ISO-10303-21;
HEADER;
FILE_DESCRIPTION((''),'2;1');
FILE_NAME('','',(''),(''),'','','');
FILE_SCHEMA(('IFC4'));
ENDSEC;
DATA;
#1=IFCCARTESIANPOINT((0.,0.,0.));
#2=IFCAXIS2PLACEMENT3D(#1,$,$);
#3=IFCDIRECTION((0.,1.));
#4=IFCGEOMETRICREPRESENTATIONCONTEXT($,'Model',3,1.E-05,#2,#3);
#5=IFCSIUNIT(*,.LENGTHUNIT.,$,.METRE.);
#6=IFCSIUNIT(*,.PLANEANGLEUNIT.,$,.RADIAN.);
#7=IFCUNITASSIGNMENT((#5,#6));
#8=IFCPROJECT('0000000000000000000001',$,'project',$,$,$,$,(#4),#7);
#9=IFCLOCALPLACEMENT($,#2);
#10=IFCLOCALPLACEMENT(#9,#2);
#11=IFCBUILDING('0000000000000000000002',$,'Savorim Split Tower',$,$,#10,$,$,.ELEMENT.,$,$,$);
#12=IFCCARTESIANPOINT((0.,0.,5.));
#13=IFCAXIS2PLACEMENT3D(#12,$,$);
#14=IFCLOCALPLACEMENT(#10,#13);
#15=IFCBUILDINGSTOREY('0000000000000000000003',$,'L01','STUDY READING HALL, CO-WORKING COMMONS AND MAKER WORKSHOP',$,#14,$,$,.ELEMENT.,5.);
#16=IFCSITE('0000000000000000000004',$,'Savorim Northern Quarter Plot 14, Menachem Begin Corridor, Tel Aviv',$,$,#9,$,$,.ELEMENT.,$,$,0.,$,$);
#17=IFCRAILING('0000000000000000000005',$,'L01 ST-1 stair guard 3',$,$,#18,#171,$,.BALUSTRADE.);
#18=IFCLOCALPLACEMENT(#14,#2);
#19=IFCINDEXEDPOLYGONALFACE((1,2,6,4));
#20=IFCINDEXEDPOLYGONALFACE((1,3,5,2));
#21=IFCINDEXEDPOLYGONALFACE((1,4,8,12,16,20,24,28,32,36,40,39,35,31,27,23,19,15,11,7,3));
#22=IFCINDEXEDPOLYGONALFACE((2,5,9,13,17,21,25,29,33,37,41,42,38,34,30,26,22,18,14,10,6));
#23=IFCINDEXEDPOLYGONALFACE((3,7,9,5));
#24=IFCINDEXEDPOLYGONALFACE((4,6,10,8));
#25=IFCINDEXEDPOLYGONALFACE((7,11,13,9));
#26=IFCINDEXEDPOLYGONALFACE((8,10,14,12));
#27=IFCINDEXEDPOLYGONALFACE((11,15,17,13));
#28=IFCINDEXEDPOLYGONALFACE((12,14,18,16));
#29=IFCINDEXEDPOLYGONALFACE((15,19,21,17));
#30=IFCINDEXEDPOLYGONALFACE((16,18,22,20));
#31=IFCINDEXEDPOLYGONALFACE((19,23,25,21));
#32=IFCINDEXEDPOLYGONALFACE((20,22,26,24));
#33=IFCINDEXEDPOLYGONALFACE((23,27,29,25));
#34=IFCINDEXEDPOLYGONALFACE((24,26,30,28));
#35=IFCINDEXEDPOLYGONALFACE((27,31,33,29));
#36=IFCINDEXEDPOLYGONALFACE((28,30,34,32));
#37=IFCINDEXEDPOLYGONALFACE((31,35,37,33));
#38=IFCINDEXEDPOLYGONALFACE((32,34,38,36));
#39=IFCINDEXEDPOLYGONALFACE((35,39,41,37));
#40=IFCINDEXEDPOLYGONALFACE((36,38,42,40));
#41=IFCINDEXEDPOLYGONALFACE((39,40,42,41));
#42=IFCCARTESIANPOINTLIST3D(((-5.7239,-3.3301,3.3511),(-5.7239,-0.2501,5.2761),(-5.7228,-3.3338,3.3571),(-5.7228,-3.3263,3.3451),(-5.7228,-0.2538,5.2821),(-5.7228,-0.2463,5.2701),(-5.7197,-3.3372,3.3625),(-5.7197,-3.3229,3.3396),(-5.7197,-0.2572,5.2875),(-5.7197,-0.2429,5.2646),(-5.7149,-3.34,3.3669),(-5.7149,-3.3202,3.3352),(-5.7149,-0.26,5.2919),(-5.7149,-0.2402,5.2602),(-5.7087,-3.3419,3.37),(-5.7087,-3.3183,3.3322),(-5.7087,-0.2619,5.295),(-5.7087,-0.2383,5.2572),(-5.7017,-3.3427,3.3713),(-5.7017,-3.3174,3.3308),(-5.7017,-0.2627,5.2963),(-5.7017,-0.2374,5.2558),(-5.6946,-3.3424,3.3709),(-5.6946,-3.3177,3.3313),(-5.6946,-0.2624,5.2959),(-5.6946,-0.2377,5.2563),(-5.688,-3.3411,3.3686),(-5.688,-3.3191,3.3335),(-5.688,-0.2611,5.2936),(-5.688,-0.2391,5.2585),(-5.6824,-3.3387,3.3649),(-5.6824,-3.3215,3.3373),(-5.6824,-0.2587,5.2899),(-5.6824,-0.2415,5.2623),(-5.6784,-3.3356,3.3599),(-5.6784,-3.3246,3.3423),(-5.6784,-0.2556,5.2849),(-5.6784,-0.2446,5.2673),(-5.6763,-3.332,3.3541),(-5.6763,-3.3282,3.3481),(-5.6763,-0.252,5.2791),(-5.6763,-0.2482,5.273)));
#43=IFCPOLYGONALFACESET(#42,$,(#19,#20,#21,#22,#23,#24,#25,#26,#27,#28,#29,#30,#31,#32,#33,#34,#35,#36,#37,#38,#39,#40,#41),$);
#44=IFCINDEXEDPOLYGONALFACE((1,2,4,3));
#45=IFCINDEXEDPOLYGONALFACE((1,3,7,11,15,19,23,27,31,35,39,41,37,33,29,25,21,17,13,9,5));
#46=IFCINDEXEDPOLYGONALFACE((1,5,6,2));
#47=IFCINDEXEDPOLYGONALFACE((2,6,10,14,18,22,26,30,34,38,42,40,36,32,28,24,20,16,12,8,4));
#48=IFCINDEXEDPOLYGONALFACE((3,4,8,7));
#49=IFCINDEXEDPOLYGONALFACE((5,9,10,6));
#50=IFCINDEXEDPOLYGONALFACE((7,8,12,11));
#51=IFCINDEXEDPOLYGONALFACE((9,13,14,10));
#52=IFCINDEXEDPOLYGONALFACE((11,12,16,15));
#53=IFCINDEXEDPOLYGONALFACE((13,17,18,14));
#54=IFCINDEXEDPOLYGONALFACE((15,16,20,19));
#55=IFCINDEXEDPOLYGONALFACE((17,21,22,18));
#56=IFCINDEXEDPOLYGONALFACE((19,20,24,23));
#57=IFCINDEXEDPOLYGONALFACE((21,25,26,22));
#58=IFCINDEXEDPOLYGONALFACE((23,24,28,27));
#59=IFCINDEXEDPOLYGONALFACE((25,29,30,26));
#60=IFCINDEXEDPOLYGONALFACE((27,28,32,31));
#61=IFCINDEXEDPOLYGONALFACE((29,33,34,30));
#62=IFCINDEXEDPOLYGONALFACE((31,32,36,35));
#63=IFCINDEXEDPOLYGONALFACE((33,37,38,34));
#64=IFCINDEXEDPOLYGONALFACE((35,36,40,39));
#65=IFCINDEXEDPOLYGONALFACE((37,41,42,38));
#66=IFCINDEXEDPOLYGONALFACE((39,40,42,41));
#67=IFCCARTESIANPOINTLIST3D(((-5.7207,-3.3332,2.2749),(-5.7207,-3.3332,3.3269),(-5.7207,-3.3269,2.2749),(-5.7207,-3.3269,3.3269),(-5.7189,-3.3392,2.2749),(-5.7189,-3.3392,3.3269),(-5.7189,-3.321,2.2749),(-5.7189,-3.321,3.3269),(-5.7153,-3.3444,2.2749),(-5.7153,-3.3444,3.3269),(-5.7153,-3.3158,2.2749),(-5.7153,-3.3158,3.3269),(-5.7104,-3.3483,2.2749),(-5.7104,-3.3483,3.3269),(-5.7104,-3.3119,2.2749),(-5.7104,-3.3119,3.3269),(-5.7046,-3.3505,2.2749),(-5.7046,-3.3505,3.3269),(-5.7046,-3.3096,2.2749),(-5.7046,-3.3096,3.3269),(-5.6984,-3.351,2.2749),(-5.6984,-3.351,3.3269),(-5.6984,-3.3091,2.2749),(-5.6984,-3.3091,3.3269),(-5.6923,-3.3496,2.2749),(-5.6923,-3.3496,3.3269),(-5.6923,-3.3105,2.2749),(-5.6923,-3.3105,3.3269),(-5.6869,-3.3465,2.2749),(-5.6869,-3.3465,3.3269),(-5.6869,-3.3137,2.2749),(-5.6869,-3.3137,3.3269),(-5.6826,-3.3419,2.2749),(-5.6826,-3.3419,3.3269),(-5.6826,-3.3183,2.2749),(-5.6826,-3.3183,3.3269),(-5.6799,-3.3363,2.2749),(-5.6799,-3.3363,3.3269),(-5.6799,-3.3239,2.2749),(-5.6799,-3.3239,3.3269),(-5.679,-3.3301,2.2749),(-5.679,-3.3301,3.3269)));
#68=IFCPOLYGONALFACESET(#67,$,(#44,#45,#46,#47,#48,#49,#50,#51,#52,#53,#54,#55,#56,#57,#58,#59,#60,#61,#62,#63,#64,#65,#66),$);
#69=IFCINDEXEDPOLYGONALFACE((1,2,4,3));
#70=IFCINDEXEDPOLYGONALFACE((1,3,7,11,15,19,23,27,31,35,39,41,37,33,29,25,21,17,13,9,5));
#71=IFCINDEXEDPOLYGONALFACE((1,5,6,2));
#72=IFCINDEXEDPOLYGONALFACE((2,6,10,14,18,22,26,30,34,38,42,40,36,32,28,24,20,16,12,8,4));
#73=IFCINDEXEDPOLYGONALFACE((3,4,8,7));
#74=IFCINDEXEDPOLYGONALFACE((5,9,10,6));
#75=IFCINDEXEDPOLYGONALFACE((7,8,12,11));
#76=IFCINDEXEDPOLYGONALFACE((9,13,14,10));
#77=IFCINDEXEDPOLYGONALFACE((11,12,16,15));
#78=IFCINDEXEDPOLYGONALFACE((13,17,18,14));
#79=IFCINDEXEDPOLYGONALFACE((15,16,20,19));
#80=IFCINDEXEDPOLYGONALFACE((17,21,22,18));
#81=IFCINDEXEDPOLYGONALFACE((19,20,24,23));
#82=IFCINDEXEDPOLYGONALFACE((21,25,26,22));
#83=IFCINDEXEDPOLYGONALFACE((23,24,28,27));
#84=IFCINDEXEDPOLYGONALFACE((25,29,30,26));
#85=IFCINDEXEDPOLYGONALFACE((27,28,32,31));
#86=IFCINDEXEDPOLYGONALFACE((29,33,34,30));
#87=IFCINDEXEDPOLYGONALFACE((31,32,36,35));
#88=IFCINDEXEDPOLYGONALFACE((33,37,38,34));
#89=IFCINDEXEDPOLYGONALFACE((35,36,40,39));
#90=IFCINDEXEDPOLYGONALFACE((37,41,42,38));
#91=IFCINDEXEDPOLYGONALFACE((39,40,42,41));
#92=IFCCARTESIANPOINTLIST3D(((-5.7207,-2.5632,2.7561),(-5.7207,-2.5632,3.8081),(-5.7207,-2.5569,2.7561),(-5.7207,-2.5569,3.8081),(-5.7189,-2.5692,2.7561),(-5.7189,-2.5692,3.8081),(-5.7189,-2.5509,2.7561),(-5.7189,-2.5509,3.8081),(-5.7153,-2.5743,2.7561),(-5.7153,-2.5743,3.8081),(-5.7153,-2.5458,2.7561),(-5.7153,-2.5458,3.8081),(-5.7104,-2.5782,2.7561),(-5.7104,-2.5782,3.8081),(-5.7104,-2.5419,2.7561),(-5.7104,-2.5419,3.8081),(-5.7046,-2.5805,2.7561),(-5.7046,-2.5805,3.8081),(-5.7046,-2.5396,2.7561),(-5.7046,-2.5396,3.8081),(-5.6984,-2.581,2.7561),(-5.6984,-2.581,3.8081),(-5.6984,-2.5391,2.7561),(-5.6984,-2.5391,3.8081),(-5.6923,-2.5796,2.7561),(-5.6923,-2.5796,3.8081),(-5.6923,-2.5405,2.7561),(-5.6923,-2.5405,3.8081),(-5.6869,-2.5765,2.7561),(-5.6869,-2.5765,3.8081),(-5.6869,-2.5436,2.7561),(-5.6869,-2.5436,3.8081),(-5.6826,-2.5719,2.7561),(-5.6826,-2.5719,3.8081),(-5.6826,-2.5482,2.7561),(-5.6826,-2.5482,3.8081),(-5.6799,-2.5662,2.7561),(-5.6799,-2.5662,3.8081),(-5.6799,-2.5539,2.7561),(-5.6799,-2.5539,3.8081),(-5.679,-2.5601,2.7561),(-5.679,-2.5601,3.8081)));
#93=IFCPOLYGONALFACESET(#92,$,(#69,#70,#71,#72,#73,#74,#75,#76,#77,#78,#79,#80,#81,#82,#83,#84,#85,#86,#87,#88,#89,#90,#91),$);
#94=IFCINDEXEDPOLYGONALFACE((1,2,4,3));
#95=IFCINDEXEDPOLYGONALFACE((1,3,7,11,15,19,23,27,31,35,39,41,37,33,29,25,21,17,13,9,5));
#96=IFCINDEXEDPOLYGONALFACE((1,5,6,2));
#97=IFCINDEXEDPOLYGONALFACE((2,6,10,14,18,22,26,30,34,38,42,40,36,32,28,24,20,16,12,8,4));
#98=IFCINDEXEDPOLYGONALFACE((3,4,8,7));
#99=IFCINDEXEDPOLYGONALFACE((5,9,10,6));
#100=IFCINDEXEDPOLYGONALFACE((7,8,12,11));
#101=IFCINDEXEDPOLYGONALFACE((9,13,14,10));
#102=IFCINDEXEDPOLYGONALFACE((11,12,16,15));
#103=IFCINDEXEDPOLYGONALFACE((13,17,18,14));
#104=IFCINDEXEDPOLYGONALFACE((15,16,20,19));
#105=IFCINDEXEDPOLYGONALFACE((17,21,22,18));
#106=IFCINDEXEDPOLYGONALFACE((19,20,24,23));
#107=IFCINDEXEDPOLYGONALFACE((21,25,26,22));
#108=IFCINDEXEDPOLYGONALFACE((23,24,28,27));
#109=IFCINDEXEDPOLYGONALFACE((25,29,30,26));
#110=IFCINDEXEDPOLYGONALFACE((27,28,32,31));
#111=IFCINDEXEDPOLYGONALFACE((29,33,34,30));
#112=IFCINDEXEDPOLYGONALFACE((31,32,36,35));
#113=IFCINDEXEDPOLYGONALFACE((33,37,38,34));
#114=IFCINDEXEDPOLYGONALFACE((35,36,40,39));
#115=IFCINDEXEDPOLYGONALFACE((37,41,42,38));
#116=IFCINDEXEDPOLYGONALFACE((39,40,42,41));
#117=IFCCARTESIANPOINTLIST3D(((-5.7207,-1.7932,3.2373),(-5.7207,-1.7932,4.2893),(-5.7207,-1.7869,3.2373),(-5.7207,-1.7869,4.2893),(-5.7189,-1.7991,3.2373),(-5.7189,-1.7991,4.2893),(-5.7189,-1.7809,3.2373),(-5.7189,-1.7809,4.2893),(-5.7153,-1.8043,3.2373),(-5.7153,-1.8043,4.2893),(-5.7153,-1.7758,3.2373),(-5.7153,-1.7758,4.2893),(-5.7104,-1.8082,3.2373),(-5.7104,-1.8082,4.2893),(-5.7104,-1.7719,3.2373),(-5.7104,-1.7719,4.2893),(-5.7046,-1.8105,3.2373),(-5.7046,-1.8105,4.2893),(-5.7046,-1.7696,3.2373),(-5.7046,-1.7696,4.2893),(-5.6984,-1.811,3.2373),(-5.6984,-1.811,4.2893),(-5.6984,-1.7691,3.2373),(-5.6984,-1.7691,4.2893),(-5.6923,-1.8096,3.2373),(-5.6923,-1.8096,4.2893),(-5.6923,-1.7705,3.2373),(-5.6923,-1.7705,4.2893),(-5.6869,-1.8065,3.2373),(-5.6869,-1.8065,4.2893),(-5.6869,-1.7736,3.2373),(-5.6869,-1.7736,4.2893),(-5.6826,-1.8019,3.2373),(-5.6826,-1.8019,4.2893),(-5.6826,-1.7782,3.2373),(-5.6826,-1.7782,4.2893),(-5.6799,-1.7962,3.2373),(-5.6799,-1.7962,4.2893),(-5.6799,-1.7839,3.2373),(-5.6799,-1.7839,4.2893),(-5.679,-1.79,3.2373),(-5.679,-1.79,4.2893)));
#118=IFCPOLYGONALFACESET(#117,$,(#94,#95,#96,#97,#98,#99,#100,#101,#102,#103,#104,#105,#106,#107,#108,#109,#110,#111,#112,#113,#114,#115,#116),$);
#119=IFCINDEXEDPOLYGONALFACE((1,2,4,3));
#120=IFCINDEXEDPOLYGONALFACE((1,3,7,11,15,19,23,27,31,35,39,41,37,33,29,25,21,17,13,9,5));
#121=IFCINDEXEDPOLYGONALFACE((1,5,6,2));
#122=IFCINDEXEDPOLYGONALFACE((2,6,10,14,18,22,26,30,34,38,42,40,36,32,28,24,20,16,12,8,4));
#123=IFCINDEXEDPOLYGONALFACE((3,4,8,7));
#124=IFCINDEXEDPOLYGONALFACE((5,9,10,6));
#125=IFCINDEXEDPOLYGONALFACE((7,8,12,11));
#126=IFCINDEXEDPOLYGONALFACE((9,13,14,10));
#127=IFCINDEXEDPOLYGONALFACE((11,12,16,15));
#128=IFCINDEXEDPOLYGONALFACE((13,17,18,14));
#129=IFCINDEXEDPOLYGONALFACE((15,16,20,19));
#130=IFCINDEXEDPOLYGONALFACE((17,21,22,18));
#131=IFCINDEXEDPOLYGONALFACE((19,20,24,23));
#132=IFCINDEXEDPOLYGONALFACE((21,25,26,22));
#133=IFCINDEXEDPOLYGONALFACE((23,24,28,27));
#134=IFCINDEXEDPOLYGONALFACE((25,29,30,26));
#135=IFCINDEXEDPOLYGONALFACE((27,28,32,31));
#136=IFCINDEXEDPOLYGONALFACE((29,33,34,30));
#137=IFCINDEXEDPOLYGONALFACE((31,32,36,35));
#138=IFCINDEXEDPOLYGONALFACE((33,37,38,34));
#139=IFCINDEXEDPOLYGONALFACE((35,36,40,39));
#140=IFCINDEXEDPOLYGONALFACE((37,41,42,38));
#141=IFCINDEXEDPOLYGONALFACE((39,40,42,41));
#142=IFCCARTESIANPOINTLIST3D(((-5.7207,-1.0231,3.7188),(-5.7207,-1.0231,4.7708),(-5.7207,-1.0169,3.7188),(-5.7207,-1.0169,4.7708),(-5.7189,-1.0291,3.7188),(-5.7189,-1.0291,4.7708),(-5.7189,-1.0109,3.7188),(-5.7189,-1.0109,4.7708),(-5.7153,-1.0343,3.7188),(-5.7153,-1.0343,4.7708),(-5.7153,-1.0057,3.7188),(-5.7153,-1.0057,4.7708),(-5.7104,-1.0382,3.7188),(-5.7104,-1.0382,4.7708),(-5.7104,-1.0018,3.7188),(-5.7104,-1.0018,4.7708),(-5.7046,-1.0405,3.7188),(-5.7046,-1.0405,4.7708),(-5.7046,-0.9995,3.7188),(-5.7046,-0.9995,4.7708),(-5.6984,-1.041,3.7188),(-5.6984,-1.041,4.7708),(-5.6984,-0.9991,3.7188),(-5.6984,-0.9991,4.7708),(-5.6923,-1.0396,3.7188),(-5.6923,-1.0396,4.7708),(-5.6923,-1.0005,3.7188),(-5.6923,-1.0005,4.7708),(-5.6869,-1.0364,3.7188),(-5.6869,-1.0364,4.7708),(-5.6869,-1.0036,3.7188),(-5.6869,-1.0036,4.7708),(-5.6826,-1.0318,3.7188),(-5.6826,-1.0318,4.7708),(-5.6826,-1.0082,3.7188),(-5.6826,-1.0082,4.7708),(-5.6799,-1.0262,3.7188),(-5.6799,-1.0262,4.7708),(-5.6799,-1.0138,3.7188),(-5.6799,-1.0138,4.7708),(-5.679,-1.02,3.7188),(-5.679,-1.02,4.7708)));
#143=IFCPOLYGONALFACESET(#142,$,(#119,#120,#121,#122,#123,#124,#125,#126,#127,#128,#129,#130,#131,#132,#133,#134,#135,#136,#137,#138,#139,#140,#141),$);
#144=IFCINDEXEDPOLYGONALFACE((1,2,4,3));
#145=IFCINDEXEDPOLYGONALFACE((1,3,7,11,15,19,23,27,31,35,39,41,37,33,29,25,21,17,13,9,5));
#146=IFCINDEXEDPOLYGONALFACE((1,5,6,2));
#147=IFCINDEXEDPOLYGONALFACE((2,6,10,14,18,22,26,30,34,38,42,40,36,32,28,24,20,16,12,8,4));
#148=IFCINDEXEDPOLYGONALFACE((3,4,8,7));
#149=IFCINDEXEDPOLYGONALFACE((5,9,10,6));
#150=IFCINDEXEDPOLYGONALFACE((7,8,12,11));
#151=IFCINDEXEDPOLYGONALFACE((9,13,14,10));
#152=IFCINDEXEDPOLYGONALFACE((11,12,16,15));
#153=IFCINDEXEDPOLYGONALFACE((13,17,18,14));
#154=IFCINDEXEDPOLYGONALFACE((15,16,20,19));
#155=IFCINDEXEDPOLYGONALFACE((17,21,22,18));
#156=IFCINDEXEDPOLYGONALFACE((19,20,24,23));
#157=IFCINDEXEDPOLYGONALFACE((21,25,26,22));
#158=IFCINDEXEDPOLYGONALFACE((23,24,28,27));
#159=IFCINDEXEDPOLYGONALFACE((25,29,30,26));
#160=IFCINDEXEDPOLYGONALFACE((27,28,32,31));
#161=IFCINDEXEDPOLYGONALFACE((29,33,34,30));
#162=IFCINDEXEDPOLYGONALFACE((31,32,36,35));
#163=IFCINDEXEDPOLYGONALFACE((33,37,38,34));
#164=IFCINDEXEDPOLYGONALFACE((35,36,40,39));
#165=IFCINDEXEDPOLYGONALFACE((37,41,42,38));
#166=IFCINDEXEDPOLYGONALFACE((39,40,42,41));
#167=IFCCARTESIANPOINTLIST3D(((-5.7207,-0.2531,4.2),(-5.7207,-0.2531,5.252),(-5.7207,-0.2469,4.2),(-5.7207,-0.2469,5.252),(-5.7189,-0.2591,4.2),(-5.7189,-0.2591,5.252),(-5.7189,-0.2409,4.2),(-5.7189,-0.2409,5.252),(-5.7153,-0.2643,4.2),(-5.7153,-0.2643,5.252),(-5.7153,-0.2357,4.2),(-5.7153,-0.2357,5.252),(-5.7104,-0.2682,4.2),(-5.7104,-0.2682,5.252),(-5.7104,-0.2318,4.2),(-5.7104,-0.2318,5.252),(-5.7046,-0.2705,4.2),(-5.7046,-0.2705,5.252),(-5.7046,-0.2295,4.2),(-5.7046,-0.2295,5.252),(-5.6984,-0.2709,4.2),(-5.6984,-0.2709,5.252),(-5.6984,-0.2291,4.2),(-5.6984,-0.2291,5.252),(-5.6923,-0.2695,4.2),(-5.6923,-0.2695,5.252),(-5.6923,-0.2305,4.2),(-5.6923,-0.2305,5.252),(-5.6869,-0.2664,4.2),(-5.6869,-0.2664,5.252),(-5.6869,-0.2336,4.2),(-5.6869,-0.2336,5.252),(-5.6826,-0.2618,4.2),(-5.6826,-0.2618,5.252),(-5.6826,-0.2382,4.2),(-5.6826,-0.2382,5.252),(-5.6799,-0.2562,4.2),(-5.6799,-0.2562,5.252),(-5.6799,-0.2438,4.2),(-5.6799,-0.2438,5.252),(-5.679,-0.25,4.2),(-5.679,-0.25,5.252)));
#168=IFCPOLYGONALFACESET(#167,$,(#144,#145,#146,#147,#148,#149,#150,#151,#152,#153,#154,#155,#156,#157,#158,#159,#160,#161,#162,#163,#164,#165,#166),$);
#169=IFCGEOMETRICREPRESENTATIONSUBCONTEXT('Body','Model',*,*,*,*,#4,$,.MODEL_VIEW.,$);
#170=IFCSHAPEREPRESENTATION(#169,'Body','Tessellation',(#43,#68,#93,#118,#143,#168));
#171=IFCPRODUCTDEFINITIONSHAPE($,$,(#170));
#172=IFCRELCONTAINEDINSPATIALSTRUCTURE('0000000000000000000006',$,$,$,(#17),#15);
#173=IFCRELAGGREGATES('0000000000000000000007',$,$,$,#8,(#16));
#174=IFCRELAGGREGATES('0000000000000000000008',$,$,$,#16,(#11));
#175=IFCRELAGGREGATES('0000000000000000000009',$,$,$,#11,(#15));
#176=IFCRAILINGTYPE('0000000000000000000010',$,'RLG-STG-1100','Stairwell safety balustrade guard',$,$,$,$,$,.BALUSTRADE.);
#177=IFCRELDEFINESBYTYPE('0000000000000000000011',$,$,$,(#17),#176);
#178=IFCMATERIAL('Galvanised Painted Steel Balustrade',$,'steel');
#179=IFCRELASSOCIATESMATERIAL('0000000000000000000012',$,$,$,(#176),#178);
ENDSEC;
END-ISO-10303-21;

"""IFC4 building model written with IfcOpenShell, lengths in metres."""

from ifc_helpers import new_model, si_unit, direction, frame, origin, origin_2d, place, context, subcontext, project, spatial, circle, extrude, material, type_object, element, save


model = new_model("IFC4")

# Units and contexts
model_context = context("Model", 3, precision=1e-05, world=origin(), true_north=direction((0.0, 1.0)))
body_context = subcontext(model_context, "Body", "Model", "MODEL_VIEW")
ifc_project = project(units=[si_unit("LENGTHUNIT", "METRE"), si_unit("PLANEANGLEUNIT", "RADIAN")], contexts=[model_context])

# Site, building, storey
site_placement = place(None, origin())
site = spatial("IfcSite", under=ifc_project, at=site_placement, Name="Savorim Northern Quarter Plot 14, Menachem Begin Corridor, Tel Aviv", CompositionType="ELEMENT", RefElevation=0.0)
building_placement = place(site_placement, origin())
building = spatial("IfcBuilding", under=site, at=building_placement, Name="Savorim Split Tower", CompositionType="ELEMENT")
storey_placement = place(building_placement, frame((0.0, 0.0, 5.0)))
storey = spatial("IfcBuildingStorey", under=building, at=storey_placement, Name="L01", Description="STUDY READING HALL, CO-WORKING COMMONS AND MAKER WORKSHOP", CompositionType="ELEMENT", Elevation=5.0)

# Railing
ifc_material_1 = material(Name="Galvanised Painted Steel Balustrade", Category="steel")
railing_type_1 = type_object("IfcRailingType", Name="RLG-STG-1100", Description="Stairwell safety balustrade guard", PredefinedType="BALUSTRADE", material=ifc_material_1)
railing_1_placement = place(storey_placement, frame((-5.7, -3.3301, 2.2749)))
element("IfcRailing", 1, at=railing_1_placement, inside=storey, type_object=railing_type_1, Name="L01 ST-1 stair guard 3", PredefinedType="BALUSTRADE", context=body_context, shape_type="SweptSolid", body=[
    extrude(circle(Radius=0.0239, at=origin_2d()), frame((0.0, 0.0, 1.0762), z_axis=(0.0, 0.847998, 0.529999), x_axis=(-1.0, 0.0, 0.0)), (0.0, 0.0, 1.0), 3.6321),
    extrude(circle(Radius=0.021, at=origin_2d()), origin(), (0.0, 0.0, 1.0), 1.052),
    extrude(circle(Radius=0.021, at=origin_2d()), frame((0.0, 0.77, 0.4812)), (0.0, 0.0, 1.0), 1.052),
    extrude(circle(Radius=0.021, at=origin_2d()), frame((0.0, 1.54, 0.9624)), (0.0, 0.0, 1.0), 1.052),
    extrude(circle(Radius=0.021, at=origin_2d()), frame((0.0, 2.3101, 1.4438)), (0.0, 0.0, 1.0), 1.052),
    extrude(circle(Radius=0.021, at=origin_2d()), frame((0.0, 3.0801, 1.925)), (0.0, 0.0, 1.0), 1.052),
])

save(model, "model.ifc")
